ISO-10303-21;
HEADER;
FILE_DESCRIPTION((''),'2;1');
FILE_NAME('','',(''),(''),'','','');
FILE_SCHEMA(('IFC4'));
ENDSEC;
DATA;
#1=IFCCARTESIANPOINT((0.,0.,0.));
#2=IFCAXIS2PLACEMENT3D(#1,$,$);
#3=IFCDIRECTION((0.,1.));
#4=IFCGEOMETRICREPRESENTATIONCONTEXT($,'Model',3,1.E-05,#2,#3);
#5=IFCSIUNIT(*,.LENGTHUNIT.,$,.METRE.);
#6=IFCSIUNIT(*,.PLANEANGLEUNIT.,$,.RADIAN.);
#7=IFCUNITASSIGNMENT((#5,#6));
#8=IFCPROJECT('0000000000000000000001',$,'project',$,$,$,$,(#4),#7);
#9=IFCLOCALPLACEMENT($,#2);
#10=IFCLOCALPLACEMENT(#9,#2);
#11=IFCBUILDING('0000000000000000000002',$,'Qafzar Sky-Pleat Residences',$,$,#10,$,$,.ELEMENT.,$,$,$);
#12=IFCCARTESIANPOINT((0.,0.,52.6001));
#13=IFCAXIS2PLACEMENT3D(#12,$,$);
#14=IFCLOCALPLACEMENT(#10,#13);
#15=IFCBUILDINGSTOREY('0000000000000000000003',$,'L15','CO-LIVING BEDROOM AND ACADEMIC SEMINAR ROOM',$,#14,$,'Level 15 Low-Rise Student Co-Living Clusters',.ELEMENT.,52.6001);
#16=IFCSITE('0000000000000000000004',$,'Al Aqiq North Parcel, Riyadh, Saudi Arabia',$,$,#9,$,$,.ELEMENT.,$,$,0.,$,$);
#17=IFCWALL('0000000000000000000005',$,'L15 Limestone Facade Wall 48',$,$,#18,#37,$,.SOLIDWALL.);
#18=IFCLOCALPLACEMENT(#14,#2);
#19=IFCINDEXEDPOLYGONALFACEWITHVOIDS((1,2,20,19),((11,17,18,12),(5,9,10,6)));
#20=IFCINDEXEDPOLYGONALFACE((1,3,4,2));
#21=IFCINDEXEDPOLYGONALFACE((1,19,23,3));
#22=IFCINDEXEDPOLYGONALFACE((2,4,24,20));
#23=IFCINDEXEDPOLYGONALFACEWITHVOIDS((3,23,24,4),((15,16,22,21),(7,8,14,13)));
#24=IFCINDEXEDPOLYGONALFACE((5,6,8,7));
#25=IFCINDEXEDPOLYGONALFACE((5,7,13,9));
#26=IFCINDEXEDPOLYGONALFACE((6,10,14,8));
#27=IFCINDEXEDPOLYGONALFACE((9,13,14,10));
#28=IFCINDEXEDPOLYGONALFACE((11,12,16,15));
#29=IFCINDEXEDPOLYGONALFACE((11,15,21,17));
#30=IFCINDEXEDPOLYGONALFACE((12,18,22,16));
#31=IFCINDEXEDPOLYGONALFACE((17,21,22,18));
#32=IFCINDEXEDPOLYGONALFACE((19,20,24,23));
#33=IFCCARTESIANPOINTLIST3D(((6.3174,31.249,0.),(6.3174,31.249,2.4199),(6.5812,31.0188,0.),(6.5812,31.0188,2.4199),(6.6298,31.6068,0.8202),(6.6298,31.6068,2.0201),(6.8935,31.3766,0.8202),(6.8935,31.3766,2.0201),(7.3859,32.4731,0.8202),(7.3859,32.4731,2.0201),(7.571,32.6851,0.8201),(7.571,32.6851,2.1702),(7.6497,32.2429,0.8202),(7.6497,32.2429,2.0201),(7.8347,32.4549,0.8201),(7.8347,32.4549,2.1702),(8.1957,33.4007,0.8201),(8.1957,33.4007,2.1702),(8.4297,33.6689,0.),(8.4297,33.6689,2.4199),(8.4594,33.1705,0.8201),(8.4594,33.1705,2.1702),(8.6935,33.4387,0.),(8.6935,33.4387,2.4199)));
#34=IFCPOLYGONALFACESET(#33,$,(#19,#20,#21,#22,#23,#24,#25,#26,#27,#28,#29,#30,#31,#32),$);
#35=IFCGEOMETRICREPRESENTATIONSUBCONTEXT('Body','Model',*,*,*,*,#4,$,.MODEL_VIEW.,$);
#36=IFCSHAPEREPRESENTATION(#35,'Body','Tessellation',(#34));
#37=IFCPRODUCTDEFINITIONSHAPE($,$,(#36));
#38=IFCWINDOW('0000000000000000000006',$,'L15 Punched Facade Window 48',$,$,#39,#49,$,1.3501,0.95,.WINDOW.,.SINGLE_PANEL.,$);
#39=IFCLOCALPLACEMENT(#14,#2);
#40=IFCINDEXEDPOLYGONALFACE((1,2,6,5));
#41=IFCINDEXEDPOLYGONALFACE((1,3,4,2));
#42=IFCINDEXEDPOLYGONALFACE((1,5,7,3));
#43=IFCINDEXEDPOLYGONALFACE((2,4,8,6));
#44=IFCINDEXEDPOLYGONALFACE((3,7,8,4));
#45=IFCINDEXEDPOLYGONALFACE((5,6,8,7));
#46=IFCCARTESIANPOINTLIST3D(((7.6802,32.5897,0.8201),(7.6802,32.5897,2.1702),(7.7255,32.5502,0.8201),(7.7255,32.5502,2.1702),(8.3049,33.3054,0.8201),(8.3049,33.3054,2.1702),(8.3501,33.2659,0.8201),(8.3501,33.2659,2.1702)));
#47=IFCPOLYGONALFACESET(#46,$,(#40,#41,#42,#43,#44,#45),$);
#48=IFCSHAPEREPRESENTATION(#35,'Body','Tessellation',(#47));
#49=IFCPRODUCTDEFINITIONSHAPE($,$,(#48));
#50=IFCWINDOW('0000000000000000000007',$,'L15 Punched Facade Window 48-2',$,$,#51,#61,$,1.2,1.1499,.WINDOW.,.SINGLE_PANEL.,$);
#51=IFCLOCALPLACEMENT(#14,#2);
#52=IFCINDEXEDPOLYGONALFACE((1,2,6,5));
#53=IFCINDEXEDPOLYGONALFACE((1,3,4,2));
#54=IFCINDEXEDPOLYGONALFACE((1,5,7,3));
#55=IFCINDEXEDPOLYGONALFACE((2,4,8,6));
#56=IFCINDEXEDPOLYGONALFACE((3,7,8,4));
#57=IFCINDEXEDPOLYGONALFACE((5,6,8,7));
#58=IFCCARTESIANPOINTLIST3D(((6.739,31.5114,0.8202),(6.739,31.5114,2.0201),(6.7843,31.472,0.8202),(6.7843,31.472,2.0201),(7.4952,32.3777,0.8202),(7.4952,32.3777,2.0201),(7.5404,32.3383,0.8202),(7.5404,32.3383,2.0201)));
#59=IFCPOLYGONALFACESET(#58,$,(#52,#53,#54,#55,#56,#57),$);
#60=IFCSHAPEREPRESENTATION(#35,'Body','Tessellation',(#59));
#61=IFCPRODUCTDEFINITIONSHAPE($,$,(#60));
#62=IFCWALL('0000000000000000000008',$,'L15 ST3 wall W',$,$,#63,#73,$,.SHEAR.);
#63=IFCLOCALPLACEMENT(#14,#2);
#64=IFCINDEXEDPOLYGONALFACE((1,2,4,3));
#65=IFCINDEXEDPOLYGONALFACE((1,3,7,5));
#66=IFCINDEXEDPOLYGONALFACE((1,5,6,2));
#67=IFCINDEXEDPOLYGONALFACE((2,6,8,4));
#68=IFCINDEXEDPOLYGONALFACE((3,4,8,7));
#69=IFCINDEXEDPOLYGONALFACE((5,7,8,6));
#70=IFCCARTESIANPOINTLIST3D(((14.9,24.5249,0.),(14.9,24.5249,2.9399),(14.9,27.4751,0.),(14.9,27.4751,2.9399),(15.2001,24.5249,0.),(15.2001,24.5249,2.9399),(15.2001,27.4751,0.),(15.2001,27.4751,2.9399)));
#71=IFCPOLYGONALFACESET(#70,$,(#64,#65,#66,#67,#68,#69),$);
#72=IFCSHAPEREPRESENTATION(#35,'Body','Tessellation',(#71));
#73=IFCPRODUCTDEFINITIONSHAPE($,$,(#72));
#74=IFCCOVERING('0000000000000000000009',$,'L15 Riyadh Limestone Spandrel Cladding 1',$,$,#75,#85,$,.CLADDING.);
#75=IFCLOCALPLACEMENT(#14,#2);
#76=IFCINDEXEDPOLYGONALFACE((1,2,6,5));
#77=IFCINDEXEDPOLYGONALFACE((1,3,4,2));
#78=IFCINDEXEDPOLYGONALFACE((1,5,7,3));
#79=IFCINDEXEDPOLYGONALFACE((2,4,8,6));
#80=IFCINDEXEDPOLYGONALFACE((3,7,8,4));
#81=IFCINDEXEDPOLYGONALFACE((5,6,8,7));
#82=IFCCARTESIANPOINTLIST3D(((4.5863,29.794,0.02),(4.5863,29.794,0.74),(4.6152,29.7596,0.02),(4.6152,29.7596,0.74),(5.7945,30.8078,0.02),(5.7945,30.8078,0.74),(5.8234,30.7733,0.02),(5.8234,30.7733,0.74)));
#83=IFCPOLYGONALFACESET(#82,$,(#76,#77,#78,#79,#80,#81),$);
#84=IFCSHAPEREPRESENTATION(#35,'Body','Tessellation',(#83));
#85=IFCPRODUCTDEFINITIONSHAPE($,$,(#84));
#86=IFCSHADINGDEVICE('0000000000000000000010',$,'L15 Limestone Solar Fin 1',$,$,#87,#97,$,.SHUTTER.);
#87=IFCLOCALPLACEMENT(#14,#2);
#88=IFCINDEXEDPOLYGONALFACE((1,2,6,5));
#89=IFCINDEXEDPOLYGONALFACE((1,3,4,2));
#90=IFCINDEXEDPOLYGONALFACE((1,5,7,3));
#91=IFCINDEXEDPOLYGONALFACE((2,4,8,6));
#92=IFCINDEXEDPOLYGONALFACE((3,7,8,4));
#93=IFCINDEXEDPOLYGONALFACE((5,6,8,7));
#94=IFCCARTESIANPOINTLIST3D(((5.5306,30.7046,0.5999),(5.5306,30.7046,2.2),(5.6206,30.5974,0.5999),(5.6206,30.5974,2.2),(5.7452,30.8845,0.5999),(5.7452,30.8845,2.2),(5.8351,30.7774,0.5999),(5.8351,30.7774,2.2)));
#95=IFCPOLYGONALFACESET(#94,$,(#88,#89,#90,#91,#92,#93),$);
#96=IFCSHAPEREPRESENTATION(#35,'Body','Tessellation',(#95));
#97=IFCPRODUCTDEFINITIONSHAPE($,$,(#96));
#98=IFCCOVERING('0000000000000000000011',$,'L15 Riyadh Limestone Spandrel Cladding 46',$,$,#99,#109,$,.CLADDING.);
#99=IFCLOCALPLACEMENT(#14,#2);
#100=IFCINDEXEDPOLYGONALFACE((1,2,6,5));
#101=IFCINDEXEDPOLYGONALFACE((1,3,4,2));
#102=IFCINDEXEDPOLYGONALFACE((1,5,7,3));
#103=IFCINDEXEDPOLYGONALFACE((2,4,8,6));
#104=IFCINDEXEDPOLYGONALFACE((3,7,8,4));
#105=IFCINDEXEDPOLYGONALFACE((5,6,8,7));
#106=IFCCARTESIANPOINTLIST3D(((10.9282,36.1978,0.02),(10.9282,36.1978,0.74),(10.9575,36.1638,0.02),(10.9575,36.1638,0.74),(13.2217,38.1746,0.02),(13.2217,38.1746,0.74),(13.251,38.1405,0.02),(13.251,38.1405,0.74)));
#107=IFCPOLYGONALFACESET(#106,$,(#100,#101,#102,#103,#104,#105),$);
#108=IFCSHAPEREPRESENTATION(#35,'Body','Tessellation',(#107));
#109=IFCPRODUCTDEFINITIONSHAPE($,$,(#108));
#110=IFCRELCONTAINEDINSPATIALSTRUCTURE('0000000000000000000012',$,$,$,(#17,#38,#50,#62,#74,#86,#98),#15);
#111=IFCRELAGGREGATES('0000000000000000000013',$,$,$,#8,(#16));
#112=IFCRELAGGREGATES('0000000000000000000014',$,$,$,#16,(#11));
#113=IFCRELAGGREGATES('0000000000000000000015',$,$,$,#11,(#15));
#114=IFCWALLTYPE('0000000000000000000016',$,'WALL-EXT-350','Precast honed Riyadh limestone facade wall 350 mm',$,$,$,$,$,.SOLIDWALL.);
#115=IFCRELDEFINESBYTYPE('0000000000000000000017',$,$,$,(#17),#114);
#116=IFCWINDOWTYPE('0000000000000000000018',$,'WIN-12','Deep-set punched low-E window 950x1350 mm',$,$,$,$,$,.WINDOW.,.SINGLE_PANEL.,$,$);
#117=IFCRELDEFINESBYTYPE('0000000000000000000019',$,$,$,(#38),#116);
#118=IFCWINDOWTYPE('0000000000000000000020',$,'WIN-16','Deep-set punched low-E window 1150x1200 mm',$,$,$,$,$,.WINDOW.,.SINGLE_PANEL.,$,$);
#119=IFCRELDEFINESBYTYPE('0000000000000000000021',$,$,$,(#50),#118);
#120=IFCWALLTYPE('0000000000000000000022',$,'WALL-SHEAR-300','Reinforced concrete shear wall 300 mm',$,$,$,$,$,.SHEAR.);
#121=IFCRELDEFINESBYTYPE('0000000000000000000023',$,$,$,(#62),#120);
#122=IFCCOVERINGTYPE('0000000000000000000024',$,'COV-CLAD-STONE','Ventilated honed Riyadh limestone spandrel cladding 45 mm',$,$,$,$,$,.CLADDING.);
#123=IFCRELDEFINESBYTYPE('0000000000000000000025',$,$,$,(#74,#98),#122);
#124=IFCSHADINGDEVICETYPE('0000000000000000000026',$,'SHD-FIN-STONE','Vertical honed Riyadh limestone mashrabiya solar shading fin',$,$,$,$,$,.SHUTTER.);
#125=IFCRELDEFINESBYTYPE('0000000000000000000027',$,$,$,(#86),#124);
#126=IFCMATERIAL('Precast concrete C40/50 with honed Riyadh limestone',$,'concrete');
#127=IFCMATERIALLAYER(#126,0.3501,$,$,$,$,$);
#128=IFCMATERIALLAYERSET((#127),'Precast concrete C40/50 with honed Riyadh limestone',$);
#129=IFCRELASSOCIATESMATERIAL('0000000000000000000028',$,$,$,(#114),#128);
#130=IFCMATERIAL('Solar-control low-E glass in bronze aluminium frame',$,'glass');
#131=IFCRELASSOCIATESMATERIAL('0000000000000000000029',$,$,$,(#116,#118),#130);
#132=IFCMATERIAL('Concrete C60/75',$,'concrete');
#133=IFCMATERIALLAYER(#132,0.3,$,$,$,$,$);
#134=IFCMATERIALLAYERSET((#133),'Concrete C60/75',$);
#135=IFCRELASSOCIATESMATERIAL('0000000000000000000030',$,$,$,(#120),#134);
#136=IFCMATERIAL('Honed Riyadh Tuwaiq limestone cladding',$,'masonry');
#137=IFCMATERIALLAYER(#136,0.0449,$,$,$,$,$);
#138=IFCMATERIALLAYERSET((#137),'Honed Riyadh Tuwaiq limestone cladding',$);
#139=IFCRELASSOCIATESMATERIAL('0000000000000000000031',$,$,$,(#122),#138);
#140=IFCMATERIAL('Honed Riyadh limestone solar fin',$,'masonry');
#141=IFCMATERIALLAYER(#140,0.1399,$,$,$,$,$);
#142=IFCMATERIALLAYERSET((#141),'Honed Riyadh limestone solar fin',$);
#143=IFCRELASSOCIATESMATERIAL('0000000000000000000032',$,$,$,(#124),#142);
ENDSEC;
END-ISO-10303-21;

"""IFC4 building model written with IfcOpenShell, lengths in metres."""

from ifc_helpers import new_model, si_unit, direction, frame, frame_2d, origin, origin_2d, place, context, subcontext, project, spatial, rectangle, extrude, source, transform, mapped, material, layer, layer_set, type_object, element, fill, save


model = new_model("IFC4")

# Units and contexts
model_context = context("Model", 3, precision=1e-05, world=origin(), true_north=direction((0.0, 1.0)))
body_context = subcontext(model_context, "Body", "Model", "MODEL_VIEW")
ifc_project = project(units=[si_unit("LENGTHUNIT", "METRE"), si_unit("PLANEANGLEUNIT", "RADIAN")], contexts=[model_context])

# Site, building, storey
site_placement = place(None, origin())
site = spatial("IfcSite", under=ifc_project, at=site_placement, Name="Al Aqiq North Parcel, Riyadh, Saudi Arabia", CompositionType="ELEMENT", RefElevation=0.0)
building_placement = place(site_placement, origin())
building = spatial("IfcBuilding", under=site, at=building_placement, Name="Qafzar Sky-Pleat Residences", CompositionType="ELEMENT")
storey_placement = place(building_placement, frame((0.0, 0.0, 52.6001)))
storey = spatial("IfcBuildingStorey", under=building, at=storey_placement, Name="L15", Description="CO-LIVING BEDROOM AND ACADEMIC SEMINAR ROOM", LongName="Level 15 Low-Rise Student Co-Living Clusters", CompositionType="ELEMENT", Elevation=52.6001)

# Shared definitions
ifc_material_1 = material(Name="Concrete C60/75", Category="concrete")

# Shared definitions
ifc_material_2 = material(Name="Precast concrete C40/50 with honed Riyadh limestone", Category="concrete")
ifc_layer_1 = layer(ifc_material_2, 0.3501)
ifc_layer_set_1 = layer_set([ifc_layer_1], Name="Precast concrete C40/50 with honed Riyadh limestone")
wall_type_1 = type_object("IfcWallType", Name="WALL-EXT-350", Description="Precast honed Riyadh limestone facade wall 350 mm", PredefinedType="SOLIDWALL", material=ifc_layer_set_1)
ifc_material_3 = material(Name="Solar-control low-E glass in bronze aluminium frame", Category="glass")
window_type_1 = type_object("IfcWindowType", Name="WIN-12", Description="Deep-set punched low-E window 950x1350 mm", PartitioningType="SINGLE_PANEL", PredefinedType="WINDOW", material=ifc_material_3)
shared_shape_1 = source(origin(), body_context, "Body", "SweptSolid", [
    extrude(rectangle(XDim=0.95, YDim=1.3501, at=frame_2d((0.4751, 0.675))), frame((0.0, 0.03, 0.0), z_axis=(0.0, -1.0, 0.0), x_axis=(1.0, 0.0, 0.0)), (0.0, 0.0, 1.0), 0.0601),
])
window_type_2 = type_object("IfcWindowType", Name="WIN-16", Description="Deep-set punched low-E window 1150x1200 mm", PartitioningType="SINGLE_PANEL", PredefinedType="WINDOW", material=ifc_material_3)
shared_shape_2 = source(origin(), body_context, "Body", "SweptSolid", [
    extrude(rectangle(XDim=1.1499, YDim=1.2, at=frame_2d((0.575, 0.6001))), frame((0.0, 0.03, 0.0), z_axis=(0.0, -1.0, 0.0), x_axis=(1.0, 0.0, 0.0)), (0.0, 0.0, 1.0), 0.0601),
])

# Wall, openings, windows
wall_1_placement = place(storey_placement, frame((8.5615, 33.5537, 0.0), z_axis=(0.0, 0.0, 1.0), x_axis=(-0.6576, -0.753367, 0.0)))
wall_1 = element("IfcWall", 1, at=wall_1_placement, inside=storey, type_object=wall_type_1, Name="L15 Limestone Facade Wall 48", PredefinedType="SOLIDWALL", context=body_context, shape_type="SweptSolid", body=[
    extrude(rectangle(XDim=3.2122, YDim=0.3501, at=frame_2d((1.606, 0.0))), origin(), (0.0, 0.0, 1.0), 2.4199),
])
opening_1_placement = place(wall_1_placement, frame((0.3557, 0.0, 0.8201)))
opening_1 = element("IfcOpeningElement", 2, at=opening_1_placement, cuts=wall_1, PredefinedType="OPENING", context=body_context, shape_type="SweptSolid", body=[
    extrude(rectangle(XDim=0.95, YDim=1.3501, at=frame_2d((0.4751, 0.675))), frame((0.0, 0.1851, 0.0), z_axis=(0.0, -1.0, 0.0), x_axis=(1.0, 0.0, 0.0)), (0.0, 0.0, 1.0), 0.3701),
])
opening_2_placement = place(wall_1_placement, frame((1.5872, 0.0, 0.8201)))
opening_2 = element("IfcOpeningElement", 3, at=opening_2_placement, cuts=wall_1, PredefinedType="OPENING", context=body_context, shape_type="SweptSolid", body=[
    extrude(rectangle(XDim=1.1499, YDim=1.2, at=frame_2d((0.575, 0.6001))), frame((0.0, 0.1851, 0.0), z_axis=(0.0, -1.0, 0.0), x_axis=(1.0, 0.0, 0.0)), (0.0, 0.0, 1.0), 0.3701),
])
window_1_placement = place(opening_1_placement, origin())
window_1 = element("IfcWindow", 4, at=window_1_placement, inside=storey, type_object=window_type_1, Name="L15 Punched Facade Window 48", OverallHeight=1.3501, OverallWidth=0.95, PartitioningType="SINGLE_PANEL", PredefinedType="WINDOW", context=body_context, shape_type="MappedRepresentation", body=[
    mapped(shared_shape_1, transform((0.0, 0.0, 0.0), x_axis=(1.0, 0.0, 0.0), y_axis=(0.0, 1.0, 0.0), z_axis=(0.0, 0.0, 1.0), scale=1.0)),
])
fill(opening_1, window_1)
window_2_placement = place(opening_2_placement, origin())
window_2 = element("IfcWindow", 5, at=window_2_placement, inside=storey, type_object=window_type_2, Name="L15 Punched Facade Window 48-2", OverallHeight=1.2, OverallWidth=1.1499, PartitioningType="SINGLE_PANEL", PredefinedType="WINDOW", context=body_context, shape_type="MappedRepresentation", body=[
    mapped(shared_shape_2, transform((0.0, 0.0, 0.0), x_axis=(1.0, 0.0, 0.0), y_axis=(0.0, 1.0, 0.0), z_axis=(0.0, 0.0, 1.0), scale=1.0)),
])
fill(opening_2, window_2)

# Wall
ifc_layer_2 = layer(ifc_material_1, 0.3)
ifc_layer_set_2 = layer_set([ifc_layer_2], Name="Concrete C60/75")
wall_type_2 = type_object("IfcWallType", Name="WALL-SHEAR-300", Description="Reinforced concrete shear wall 300 mm", PredefinedType="SHEAR", material=ifc_layer_set_2)
wall_2_placement = place(storey_placement, frame((15.05, 27.4751, 0.0), z_axis=(0.0, 0.0, 1.0), x_axis=(0.0, -1.0, 0.0)))
element("IfcWall", 6, at=wall_2_placement, inside=storey, type_object=wall_type_2, Name="L15 ST3 wall W", PredefinedType="SHEAR", context=body_context, shape_type="SweptSolid", body=[
    extrude(rectangle(XDim=2.9502, YDim=0.3, at=frame_2d((1.4751, 0.0))), origin(), (0.0, 0.0, 1.0), 2.9399),
])

# Covering
ifc_material_4 = material(Name="Honed Riyadh Tuwaiq limestone cladding", Category="masonry")
ifc_layer_3 = layer(ifc_material_4, 0.0449)
ifc_layer_set_3 = layer_set([ifc_layer_3], Name="Honed Riyadh Tuwaiq limestone cladding")
covering_type = type_object("IfcCoveringType", Name="COV-CLAD-STONE", Description="Ventilated honed Riyadh limestone spandrel cladding 45 mm", PredefinedType="CLADDING", material=ifc_layer_set_3)
shared_shape_3 = source(origin(), body_context, "Body", "SweptSolid", [
    extrude(rectangle(XDim=1.5771, YDim=0.0449, at=origin_2d()), origin(), (0.0, 0.0, 1.0), 0.72),
])
covering_1_placement = place(storey_placement, frame((5.2048, 30.2837, 0.02), z_axis=(0.0, 0.0, 1.0), x_axis=(-0.766075, -0.642752, 0.0)))
element("IfcCovering", 7, at=covering_1_placement, inside=storey, type_object=covering_type, Name="L15 Riyadh Limestone Spandrel Cladding 1", PredefinedType="CLADDING", context=body_context, shape_type="MappedRepresentation", body=[
    mapped(shared_shape_3, transform((0.0, 0.0, 0.0), x_axis=(1.0, 0.0, 0.0), y_axis=(0.0, 1.0, 0.0), z_axis=(0.0, 0.0, 1.0), scale=1.0)),
])

# Shading device
ifc_material_5 = material(Name="Honed Riyadh limestone solar fin", Category="masonry")
ifc_layer_4 = layer(ifc_material_5, 0.1399)
ifc_layer_set_4 = layer_set([ifc_layer_4], Name="Honed Riyadh limestone solar fin")
shading_device_type = type_object("IfcShadingDeviceType", Name="SHD-FIN-STONE", Description="Vertical honed Riyadh limestone mashrabiya solar shading fin", PredefinedType="SHUTTER", material=ifc_layer_set_4)
shared_shape_4 = source(origin(), body_context, "Body", "SweptSolid", [
    extrude(rectangle(XDim=0.1399, YDim=0.28, at=origin_2d()), origin(), (0.0, 0.0, 1.0), 1.6001),
])
shading_device_placement = place(storey_placement, frame((5.6829, 30.741, 0.5999), z_axis=(0.0, 0.0, 1.0), x_axis=(-0.642754, 0.766072, 0.0)))
element("IfcShadingDevice", 8, at=shading_device_placement, inside=storey, type_object=shading_device_type, Name="L15 Limestone Solar Fin 1", PredefinedType="SHUTTER", context=body_context, shape_type="MappedRepresentation", body=[
    mapped(shared_shape_4, transform((0.0, 0.0, 0.0), x_axis=(1.0, 0.0, 0.0), y_axis=(0.0, 1.0, 0.0), z_axis=(0.0, 0.0, 1.0), scale=1.0)),
])

# Covering
shared_shape_5 = source(origin(), body_context, "Body", "SweptSolid", [
    extrude(rectangle(XDim=3.0278, YDim=0.0449, at=origin_2d()), origin(), (0.0, 0.0, 1.0), 0.72),
])
covering_2_placement = place(storey_placement, frame((12.0896, 37.1692, 0.02), z_axis=(0.0, 0.0, 1.0), x_axis=(-0.757485, -0.652853, 0.0)))
element("IfcCovering", 9, at=covering_2_placement, inside=storey, type_object=covering_type, Name="L15 Riyadh Limestone Spandrel Cladding 46", PredefinedType="CLADDING", context=body_context, shape_type="MappedRepresentation", body=[
    mapped(shared_shape_5, transform((0.0, 0.0, 0.0), x_axis=(1.0, 0.0, 0.0), y_axis=(0.0, 1.0, 0.0), z_axis=(0.0, 0.0, 1.0), scale=1.0)),
])

save(model, "model.ifc")
